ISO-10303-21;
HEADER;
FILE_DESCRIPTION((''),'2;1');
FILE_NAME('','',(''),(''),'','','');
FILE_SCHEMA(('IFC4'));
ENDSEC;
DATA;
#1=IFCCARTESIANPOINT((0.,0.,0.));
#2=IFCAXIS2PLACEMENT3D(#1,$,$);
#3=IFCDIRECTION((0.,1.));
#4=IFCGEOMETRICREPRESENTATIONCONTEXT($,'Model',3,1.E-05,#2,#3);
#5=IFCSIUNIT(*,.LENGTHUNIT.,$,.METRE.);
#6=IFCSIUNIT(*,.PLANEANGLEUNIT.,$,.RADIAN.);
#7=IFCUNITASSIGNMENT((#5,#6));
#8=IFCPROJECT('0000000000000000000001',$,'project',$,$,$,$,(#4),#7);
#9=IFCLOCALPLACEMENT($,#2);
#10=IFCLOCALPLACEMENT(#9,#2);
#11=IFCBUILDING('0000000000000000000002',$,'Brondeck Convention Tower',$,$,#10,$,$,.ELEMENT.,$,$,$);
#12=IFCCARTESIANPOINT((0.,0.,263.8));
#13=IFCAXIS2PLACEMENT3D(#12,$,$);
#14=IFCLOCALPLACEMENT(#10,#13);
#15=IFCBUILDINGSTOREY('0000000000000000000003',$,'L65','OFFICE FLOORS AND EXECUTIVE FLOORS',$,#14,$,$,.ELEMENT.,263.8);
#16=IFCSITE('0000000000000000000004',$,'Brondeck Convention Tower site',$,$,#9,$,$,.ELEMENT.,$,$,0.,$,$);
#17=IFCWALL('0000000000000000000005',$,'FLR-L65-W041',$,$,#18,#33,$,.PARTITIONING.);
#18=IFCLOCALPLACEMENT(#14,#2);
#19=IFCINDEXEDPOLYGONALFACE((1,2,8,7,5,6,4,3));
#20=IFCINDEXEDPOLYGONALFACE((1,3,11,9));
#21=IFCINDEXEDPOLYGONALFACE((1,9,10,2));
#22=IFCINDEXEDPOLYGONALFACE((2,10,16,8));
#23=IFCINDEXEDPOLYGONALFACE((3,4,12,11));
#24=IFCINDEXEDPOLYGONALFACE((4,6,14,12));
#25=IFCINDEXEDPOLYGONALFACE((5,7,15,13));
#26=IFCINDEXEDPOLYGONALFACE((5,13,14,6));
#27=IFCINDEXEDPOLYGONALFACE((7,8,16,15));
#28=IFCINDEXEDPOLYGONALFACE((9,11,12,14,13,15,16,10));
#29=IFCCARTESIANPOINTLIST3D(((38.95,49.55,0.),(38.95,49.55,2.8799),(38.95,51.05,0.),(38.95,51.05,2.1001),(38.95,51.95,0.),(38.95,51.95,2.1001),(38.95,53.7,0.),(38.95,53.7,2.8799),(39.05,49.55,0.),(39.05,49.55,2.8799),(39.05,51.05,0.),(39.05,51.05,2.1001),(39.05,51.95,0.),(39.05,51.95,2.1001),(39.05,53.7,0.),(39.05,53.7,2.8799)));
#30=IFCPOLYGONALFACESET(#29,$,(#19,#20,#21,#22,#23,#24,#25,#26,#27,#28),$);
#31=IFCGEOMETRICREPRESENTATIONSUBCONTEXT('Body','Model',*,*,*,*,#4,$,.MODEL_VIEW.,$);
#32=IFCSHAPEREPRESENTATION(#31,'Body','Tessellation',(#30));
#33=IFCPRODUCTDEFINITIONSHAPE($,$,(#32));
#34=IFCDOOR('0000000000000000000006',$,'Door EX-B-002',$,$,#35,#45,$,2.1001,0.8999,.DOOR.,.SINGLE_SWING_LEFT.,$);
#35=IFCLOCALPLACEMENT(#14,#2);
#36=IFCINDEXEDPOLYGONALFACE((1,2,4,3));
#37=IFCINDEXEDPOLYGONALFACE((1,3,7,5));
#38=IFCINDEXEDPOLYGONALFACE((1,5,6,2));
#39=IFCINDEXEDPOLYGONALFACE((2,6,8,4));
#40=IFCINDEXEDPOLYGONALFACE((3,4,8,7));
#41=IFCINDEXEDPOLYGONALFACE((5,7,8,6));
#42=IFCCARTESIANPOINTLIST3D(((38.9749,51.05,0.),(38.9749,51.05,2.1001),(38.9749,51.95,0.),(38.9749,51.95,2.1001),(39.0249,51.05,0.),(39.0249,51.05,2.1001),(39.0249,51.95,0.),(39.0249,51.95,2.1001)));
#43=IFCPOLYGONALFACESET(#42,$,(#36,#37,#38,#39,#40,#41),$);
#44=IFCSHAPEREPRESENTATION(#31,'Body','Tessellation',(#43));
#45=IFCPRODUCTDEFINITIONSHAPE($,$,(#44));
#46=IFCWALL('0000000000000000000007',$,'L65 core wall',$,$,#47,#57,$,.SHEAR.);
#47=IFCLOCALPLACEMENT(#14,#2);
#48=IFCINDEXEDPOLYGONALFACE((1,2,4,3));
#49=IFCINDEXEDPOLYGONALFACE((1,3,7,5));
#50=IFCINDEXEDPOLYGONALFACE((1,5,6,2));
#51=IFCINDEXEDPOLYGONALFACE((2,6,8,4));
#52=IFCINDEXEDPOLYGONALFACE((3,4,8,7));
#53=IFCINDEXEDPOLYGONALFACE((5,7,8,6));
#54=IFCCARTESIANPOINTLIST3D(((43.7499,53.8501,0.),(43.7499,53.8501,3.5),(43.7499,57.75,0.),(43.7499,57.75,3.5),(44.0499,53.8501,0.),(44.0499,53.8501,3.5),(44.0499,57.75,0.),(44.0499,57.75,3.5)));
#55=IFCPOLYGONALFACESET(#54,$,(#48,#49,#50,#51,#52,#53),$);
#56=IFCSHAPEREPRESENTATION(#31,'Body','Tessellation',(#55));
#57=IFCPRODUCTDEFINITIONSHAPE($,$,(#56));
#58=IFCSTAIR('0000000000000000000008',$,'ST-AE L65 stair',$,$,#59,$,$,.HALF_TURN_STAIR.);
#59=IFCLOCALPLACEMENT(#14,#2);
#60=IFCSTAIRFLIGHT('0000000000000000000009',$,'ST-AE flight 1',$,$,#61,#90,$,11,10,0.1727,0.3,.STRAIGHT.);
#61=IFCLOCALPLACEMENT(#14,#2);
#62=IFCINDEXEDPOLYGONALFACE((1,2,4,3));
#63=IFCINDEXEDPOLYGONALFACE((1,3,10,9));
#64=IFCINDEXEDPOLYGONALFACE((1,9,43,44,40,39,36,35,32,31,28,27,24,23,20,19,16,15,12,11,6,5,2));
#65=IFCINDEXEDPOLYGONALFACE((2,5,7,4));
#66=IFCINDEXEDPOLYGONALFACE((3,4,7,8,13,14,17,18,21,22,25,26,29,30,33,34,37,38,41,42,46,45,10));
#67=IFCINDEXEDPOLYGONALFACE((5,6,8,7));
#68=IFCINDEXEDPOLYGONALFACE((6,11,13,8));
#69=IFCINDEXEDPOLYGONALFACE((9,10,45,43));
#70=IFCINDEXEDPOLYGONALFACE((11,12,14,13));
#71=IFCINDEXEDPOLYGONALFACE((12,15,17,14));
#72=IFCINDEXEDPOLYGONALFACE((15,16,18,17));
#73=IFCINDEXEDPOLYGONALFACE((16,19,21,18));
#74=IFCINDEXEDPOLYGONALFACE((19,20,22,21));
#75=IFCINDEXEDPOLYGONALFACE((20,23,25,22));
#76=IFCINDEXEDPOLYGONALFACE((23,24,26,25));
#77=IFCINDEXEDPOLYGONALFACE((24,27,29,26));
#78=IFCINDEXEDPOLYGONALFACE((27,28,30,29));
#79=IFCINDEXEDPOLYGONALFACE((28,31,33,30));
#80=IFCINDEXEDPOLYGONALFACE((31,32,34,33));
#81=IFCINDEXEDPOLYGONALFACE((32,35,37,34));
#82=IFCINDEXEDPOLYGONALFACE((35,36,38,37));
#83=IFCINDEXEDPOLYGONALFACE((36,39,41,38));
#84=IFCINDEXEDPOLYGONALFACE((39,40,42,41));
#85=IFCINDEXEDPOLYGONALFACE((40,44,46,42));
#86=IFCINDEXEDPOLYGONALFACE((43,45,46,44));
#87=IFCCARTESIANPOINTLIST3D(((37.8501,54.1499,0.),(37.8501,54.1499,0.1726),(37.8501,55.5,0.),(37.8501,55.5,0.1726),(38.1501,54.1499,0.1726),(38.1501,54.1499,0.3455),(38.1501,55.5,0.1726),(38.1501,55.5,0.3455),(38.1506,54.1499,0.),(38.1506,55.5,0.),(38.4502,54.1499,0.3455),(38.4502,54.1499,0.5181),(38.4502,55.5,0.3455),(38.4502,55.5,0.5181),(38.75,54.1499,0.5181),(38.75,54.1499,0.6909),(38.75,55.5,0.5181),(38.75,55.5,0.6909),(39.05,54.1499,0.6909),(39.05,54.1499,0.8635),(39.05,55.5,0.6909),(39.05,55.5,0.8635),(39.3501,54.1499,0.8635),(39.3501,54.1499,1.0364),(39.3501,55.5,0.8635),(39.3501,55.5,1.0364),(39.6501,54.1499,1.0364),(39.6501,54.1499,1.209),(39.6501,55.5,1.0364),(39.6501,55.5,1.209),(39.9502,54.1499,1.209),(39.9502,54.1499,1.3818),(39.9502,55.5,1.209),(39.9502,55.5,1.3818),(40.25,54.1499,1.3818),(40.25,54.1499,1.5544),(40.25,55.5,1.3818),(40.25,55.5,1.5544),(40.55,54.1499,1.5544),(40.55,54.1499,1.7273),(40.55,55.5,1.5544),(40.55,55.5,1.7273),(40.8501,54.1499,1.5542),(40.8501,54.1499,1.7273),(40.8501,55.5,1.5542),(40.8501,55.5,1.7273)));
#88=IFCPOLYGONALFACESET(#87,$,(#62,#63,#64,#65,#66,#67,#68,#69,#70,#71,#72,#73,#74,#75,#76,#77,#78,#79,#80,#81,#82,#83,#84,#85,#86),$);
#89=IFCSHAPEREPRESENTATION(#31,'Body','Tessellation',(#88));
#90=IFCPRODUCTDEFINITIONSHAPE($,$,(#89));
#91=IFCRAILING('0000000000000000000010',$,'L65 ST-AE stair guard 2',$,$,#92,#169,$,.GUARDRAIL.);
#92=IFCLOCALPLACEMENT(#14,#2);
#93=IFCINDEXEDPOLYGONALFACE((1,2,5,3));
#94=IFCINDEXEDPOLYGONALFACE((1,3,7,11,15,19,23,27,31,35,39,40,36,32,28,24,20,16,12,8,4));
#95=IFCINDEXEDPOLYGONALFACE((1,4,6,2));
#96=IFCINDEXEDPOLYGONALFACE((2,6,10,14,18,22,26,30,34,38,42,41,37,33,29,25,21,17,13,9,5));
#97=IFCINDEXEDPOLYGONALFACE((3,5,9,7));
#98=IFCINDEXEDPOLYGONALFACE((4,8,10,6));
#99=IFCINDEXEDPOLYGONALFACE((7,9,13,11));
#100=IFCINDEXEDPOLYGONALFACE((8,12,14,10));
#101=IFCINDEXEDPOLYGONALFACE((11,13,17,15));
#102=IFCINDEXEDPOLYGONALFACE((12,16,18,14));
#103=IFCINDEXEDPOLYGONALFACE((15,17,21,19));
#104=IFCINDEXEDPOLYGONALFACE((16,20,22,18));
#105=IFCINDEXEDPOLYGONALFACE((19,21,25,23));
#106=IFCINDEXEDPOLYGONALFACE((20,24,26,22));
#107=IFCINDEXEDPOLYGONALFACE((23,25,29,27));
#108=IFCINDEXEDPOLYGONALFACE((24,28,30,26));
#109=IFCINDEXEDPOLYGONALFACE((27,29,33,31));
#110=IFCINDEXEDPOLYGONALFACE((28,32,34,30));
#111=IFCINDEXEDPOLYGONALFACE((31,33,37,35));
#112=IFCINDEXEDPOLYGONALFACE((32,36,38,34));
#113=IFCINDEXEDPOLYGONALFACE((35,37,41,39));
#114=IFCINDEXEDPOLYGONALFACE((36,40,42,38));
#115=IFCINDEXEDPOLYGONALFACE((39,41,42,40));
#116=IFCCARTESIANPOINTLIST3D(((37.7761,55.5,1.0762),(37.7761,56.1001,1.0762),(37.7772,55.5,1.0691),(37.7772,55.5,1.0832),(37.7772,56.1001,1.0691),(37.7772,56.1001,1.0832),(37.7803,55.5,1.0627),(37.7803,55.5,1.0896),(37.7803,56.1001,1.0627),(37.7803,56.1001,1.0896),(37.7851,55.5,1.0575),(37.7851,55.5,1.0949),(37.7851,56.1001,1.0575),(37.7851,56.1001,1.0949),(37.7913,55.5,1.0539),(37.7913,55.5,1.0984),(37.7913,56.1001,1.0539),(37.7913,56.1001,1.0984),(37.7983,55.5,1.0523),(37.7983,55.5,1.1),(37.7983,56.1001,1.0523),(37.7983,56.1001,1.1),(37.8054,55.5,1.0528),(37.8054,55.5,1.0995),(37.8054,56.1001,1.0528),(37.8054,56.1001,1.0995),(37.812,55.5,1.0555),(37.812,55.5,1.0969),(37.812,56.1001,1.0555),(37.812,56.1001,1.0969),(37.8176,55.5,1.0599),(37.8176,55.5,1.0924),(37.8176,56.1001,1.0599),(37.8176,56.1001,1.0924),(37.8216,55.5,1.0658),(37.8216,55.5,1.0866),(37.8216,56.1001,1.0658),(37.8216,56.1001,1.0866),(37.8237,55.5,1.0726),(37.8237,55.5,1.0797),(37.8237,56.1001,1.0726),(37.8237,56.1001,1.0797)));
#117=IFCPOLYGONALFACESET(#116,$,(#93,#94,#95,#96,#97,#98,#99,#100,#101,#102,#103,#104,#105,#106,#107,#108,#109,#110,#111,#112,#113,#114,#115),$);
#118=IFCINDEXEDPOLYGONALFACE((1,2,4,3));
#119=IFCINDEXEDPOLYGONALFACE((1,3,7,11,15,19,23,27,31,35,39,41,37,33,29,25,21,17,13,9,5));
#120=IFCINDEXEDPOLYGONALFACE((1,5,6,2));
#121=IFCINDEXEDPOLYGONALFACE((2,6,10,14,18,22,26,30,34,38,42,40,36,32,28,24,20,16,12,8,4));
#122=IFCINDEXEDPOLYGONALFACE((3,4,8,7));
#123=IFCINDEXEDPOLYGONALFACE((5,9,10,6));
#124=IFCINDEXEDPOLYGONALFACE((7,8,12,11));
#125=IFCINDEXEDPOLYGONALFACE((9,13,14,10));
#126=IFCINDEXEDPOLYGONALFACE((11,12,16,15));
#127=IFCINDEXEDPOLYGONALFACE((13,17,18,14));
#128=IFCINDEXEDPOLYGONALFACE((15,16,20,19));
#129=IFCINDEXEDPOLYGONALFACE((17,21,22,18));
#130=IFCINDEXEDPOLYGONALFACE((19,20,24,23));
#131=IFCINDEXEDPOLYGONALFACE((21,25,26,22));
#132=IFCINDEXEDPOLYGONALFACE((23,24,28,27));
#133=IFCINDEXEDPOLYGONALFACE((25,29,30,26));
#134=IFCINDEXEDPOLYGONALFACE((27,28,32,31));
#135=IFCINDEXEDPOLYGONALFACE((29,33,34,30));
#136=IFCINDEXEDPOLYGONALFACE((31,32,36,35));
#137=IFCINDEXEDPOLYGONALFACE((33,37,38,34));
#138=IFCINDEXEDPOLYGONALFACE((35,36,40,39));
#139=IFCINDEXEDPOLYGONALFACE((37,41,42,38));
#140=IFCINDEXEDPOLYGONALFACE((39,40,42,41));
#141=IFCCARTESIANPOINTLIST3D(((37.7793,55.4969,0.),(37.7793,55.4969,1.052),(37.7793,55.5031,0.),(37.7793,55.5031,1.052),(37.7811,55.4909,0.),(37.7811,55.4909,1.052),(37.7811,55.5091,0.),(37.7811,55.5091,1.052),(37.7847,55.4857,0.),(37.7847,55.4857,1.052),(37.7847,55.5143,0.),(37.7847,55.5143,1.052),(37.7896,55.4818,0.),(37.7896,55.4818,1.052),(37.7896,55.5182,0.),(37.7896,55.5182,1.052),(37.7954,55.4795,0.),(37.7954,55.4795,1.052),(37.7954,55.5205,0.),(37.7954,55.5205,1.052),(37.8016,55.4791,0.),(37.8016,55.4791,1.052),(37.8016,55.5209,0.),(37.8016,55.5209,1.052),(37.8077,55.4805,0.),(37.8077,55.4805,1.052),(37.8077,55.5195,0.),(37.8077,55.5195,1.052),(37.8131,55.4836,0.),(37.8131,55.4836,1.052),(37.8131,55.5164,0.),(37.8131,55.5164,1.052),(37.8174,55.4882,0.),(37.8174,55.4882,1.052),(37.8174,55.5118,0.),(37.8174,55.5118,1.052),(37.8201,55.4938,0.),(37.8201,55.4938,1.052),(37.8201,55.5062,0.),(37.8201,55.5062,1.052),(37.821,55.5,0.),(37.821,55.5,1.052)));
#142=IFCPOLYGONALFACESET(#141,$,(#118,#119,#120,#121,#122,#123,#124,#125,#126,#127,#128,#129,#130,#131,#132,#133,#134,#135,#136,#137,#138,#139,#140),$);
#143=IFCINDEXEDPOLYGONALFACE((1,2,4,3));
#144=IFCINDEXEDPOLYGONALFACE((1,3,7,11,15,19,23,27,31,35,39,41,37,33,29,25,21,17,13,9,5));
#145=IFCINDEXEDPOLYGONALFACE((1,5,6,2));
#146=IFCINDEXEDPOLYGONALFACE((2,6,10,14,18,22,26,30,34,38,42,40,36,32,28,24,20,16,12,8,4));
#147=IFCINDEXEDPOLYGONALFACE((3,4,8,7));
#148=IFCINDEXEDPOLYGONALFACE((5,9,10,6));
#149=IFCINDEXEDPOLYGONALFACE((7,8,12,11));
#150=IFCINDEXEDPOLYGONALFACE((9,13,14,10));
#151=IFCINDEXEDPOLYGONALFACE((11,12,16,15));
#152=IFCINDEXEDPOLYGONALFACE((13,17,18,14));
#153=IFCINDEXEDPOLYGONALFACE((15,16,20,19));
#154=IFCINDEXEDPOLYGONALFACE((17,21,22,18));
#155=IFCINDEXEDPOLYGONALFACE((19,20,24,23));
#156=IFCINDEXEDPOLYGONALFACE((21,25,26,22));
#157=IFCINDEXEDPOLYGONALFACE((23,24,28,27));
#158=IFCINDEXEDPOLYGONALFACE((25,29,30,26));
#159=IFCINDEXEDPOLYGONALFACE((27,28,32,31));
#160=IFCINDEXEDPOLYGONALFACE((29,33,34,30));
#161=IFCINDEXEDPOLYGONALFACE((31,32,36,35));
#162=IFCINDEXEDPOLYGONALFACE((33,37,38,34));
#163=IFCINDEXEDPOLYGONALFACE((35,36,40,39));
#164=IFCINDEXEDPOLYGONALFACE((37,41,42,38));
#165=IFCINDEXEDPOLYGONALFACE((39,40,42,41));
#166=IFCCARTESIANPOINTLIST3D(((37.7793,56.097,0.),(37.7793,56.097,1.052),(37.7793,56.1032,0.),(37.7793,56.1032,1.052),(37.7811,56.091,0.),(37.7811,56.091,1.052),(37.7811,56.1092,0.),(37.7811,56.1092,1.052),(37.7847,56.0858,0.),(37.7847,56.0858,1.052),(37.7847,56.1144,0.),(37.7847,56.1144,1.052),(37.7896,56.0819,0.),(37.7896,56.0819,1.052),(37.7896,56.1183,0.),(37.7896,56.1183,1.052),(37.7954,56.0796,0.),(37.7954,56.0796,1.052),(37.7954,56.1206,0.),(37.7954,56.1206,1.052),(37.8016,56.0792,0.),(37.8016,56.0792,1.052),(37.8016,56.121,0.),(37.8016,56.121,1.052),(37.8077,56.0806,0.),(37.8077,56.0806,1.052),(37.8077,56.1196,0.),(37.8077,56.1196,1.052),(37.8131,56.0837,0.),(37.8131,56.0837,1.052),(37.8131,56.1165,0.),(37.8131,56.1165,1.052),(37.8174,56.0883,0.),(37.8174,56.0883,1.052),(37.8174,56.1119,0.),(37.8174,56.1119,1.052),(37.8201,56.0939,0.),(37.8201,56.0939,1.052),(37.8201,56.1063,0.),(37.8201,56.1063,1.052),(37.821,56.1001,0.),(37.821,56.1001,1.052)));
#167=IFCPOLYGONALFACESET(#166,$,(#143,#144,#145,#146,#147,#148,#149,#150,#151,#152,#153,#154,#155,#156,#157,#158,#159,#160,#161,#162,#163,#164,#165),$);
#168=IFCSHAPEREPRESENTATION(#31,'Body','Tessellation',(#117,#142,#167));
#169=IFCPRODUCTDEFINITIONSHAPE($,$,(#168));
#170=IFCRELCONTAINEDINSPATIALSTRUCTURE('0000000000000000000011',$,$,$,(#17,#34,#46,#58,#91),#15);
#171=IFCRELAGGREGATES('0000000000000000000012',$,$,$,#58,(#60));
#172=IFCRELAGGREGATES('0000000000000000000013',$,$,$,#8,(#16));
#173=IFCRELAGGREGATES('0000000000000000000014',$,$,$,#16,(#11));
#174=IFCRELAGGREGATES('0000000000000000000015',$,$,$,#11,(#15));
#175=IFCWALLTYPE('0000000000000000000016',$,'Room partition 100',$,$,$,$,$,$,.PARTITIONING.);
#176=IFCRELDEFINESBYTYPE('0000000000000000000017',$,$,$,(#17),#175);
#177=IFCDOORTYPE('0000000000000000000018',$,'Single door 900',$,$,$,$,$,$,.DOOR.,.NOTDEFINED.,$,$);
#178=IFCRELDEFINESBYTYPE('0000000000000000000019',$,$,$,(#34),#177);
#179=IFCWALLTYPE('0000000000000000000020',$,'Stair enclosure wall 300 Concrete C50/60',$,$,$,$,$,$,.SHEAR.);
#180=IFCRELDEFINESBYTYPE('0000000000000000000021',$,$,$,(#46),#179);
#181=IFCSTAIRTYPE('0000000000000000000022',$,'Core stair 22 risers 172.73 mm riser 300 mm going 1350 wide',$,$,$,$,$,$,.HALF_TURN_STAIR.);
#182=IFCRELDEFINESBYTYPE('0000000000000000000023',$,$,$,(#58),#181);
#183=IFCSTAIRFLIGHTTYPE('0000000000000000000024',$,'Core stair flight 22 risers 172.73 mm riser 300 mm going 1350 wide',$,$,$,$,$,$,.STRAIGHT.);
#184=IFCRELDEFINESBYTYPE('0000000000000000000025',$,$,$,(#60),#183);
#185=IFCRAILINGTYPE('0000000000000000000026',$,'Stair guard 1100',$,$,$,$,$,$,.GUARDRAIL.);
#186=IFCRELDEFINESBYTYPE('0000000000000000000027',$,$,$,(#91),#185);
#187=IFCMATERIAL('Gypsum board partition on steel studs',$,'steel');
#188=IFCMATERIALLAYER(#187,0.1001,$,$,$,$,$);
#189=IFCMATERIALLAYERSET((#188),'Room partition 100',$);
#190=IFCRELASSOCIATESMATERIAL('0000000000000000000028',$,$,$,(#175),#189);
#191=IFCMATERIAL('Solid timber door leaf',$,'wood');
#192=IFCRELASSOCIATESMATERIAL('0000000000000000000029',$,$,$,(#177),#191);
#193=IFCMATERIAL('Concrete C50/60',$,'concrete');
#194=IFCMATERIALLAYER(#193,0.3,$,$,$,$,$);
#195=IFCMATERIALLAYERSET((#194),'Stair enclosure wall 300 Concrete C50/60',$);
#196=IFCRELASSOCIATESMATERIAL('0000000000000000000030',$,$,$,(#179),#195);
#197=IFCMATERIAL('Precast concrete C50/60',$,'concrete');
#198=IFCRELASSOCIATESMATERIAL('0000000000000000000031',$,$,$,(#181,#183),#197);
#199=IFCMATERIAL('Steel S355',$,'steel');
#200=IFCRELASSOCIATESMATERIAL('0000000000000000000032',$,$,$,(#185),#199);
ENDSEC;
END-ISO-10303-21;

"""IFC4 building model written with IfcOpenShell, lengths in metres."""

from ifc_helpers import new_model, si_unit, direction, frame, frame_2d, origin, origin_2d, place, context, subcontext, project, spatial, polyline, rectangle, circle, outline, extrude, material, layer, layer_set, type_object, element, fill, aggregate, save


model = new_model("IFC4")

# Units and contexts
model_context = context("Model", 3, precision=1e-05, world=origin(), true_north=direction((0.0, 1.0)))
body_context = subcontext(model_context, "Body", "Model", "MODEL_VIEW")
ifc_project = project(units=[si_unit("LENGTHUNIT", "METRE"), si_unit("PLANEANGLEUNIT", "RADIAN")], contexts=[model_context])

# Site, building, storey
site_placement = place(None, origin())
site = spatial("IfcSite", under=ifc_project, at=site_placement, Name="Brondeck Convention Tower site", CompositionType="ELEMENT", RefElevation=0.0)
building_placement = place(site_placement, origin())
building = spatial("IfcBuilding", under=site, at=building_placement, Name="Brondeck Convention Tower", CompositionType="ELEMENT")
storey_placement = place(building_placement, frame((0.0, 0.0, 263.8)))
storey = spatial("IfcBuildingStorey", under=building, at=storey_placement, Name="L65", Description="OFFICE FLOORS AND EXECUTIVE FLOORS", CompositionType="ELEMENT", Elevation=263.8)

# Shared definitions
ifc_material_1 = material(Name="Concrete C50/60", Category="concrete")

# Shared definitions
ifc_material_2 = material(Name="Steel S355", Category="steel")

# Shared definitions
ifc_material_3 = material(Name="Gypsum board partition on steel studs", Category="steel")
ifc_layer_1 = layer(ifc_material_3, 0.1001)
ifc_layer_set_1 = layer_set([ifc_layer_1], Name="Room partition 100")
wall_type_1 = type_object("IfcWallType", Name="Room partition 100", PredefinedType="PARTITIONING", material=ifc_layer_set_1)

# Wall, opening, door
wall_1_placement = place(storey_placement, frame((39.0, 53.7, 0.0), z_axis=(0.0, 0.0, 1.0), x_axis=(0.0, -1.0, 0.0)))
wall_1 = element("IfcWall", 1, at=wall_1_placement, inside=storey, type_object=wall_type_1, Name="FLR-L65-W041", PredefinedType="PARTITIONING", context=body_context, shape_type="SweptSolid", body=[
    extrude(rectangle(XDim=4.1499, YDim=0.1001, at=frame_2d((2.075, 0.0))), origin(), (0.0, 0.0, 1.0), 2.8799),
])
opening_1_placement = place(wall_1_placement, frame((1.75, 0.0, 0.0)))
opening_1 = element("IfcOpeningElement", 2, at=opening_1_placement, cuts=wall_1, PredefinedType="OPENING", context=body_context, shape_type="SweptSolid", body=[
    extrude(rectangle(XDim=0.8999, YDim=2.1001, at=frame_2d((0.45, 1.05))), frame((0.0, 0.0601, 0.0), z_axis=(0.0, -1.0, 0.0), x_axis=(1.0, 0.0, 0.0)), (0.0, 0.0, 1.0), 0.1201),
])
ifc_material_4 = material(Name="Solid timber door leaf", Category="wood")
door_type_1 = type_object("IfcDoorType", Name="Single door 900", OperationType="NOTDEFINED", PredefinedType="DOOR", material=ifc_material_4)
door_1_placement = place(opening_1_placement, origin())
door_1 = element("IfcDoor", 3, at=door_1_placement, inside=storey, type_object=door_type_1, Name="Door EX-B-002", OperationType="SINGLE_SWING_LEFT", OverallHeight=2.1001, OverallWidth=0.8999, PredefinedType="DOOR", context=body_context, shape_type="SweptSolid", body=[
    extrude(rectangle(XDim=0.8999, YDim=2.1001, at=frame_2d((0.45, 1.05))), frame((0.0, 0.0249, 0.0), z_axis=(0.0, -1.0, 0.0), x_axis=(1.0, 0.0, 0.0)), (0.0, 0.0, 1.0), 0.05),
])
fill(opening_1, door_1)

# Wall
ifc_layer_2 = layer(ifc_material_1, 0.3)
ifc_layer_set_2 = layer_set([ifc_layer_2], Name="Stair enclosure wall 300 Concrete C50/60")
wall_type_2 = type_object("IfcWallType", Name="Stair enclosure wall 300 Concrete C50/60", PredefinedType="SHEAR", material=ifc_layer_set_2)
wall_2_placement = place(storey_placement, frame((43.8999, 53.8501, 0.0), z_axis=(0.0, 0.0, 1.0), x_axis=(0.0, 1.0, 0.0)))
element("IfcWall", 4, at=wall_2_placement, inside=storey, type_object=wall_type_2, Name="L65 core wall", PredefinedType="SHEAR", context=body_context, shape_type="SweptSolid", body=[
    extrude(rectangle(XDim=3.8999, YDim=0.3, at=frame_2d((1.95, 0.0))), origin(), (0.0, 0.0, 1.0), 3.5),
])

# Stair, stair flight
ifc_material_5 = material(Name="Precast concrete C50/60", Category="concrete")
stair_type = type_object("IfcStairType", Name="Core stair 22 risers 172.73 mm riser 300 mm going 1350 wide", PredefinedType="HALF_TURN_STAIR", material=ifc_material_5)
stair_placement = place(storey_placement, origin())
stair = element("IfcStair", 5, at=stair_placement, inside=storey, type_object=stair_type, Name="ST-AE L65 stair", PredefinedType="HALF_TURN_STAIR")
stair_flight_type = type_object("IfcStairFlightType", Name="Core stair flight 22 risers 172.73 mm riser 300 mm going 1350 wide", PredefinedType="STRAIGHT", material=ifc_material_5)
stair_flight_placement = place(storey_placement, frame((37.8501, 54.825, 0.0), z_axis=(0.0, 0.0, 1.0), x_axis=(1.0, 0.0, 0.0)))
stair_flight = element("IfcStairFlight", 6, at=stair_flight_placement, type_object=stair_flight_type, Name="ST-AE flight 1", NumberOfRisers=11, NumberOfTreads=10, PredefinedType="STRAIGHT", RiserHeight=0.1727, TreadLength=0.3, context=body_context, shape_type="SweptSolid", body=[
    extrude(outline(polyline([(0.0, 0.0), (0.0, 0.1726), (0.3, 0.1726), (0.3, 0.3455), (0.6001, 0.3455), (0.6001, 0.5181), (0.8999, 0.5181), (0.8999, 0.6909), (1.2, 0.6909), (1.2, 0.8635), (1.5, 0.8635), (1.5, 1.0364), (1.8, 1.0364), (1.8, 1.209), (2.1001, 1.209), (2.1001, 1.3818), (2.3999, 1.3818), (2.3999, 1.5544), (2.7, 1.5544), (2.7, 1.7273), (3.0, 1.7273), (3.0, 1.8999), (3.0, 1.5542), (0.3005, 0.0), (0.0, 0.0)])), frame((0.0, 0.675, 0.0), z_axis=(0.0, -1.0, 0.0), x_axis=(1.0, 0.0, 0.0)), (0.0, 0.0, 1.0), 1.3501),
])
aggregate(stair, [stair_flight])

# Railing
railing_type_1 = type_object("IfcRailingType", Name="Stair guard 1100", PredefinedType="GUARDRAIL", material=ifc_material_2)
railing_1_placement = place(storey_placement, frame((37.8, 55.5, 0.0)))
element("IfcRailing", 7, at=railing_1_placement, inside=storey, type_object=railing_type_1, Name="L65 ST-AE stair guard 2", PredefinedType="GUARDRAIL", context=body_context, shape_type="SweptSolid", body=[
    extrude(circle(Radius=0.0239, at=origin_2d()), frame((0.0, 0.0, 1.0762), z_axis=(0.0, 1.0, 0.0), x_axis=(-1.0, 0.0, 0.0)), (0.0, 0.0, 1.0), 0.6001),
    extrude(circle(Radius=0.021, at=origin_2d()), origin(), (0.0, 0.0, 1.0), 1.052),
    extrude(circle(Radius=0.021, at=origin_2d()), frame((0.0, 0.6001, 0.0)), (0.0, 0.0, 1.0), 1.052),
])

save(model, "model.ifc")
